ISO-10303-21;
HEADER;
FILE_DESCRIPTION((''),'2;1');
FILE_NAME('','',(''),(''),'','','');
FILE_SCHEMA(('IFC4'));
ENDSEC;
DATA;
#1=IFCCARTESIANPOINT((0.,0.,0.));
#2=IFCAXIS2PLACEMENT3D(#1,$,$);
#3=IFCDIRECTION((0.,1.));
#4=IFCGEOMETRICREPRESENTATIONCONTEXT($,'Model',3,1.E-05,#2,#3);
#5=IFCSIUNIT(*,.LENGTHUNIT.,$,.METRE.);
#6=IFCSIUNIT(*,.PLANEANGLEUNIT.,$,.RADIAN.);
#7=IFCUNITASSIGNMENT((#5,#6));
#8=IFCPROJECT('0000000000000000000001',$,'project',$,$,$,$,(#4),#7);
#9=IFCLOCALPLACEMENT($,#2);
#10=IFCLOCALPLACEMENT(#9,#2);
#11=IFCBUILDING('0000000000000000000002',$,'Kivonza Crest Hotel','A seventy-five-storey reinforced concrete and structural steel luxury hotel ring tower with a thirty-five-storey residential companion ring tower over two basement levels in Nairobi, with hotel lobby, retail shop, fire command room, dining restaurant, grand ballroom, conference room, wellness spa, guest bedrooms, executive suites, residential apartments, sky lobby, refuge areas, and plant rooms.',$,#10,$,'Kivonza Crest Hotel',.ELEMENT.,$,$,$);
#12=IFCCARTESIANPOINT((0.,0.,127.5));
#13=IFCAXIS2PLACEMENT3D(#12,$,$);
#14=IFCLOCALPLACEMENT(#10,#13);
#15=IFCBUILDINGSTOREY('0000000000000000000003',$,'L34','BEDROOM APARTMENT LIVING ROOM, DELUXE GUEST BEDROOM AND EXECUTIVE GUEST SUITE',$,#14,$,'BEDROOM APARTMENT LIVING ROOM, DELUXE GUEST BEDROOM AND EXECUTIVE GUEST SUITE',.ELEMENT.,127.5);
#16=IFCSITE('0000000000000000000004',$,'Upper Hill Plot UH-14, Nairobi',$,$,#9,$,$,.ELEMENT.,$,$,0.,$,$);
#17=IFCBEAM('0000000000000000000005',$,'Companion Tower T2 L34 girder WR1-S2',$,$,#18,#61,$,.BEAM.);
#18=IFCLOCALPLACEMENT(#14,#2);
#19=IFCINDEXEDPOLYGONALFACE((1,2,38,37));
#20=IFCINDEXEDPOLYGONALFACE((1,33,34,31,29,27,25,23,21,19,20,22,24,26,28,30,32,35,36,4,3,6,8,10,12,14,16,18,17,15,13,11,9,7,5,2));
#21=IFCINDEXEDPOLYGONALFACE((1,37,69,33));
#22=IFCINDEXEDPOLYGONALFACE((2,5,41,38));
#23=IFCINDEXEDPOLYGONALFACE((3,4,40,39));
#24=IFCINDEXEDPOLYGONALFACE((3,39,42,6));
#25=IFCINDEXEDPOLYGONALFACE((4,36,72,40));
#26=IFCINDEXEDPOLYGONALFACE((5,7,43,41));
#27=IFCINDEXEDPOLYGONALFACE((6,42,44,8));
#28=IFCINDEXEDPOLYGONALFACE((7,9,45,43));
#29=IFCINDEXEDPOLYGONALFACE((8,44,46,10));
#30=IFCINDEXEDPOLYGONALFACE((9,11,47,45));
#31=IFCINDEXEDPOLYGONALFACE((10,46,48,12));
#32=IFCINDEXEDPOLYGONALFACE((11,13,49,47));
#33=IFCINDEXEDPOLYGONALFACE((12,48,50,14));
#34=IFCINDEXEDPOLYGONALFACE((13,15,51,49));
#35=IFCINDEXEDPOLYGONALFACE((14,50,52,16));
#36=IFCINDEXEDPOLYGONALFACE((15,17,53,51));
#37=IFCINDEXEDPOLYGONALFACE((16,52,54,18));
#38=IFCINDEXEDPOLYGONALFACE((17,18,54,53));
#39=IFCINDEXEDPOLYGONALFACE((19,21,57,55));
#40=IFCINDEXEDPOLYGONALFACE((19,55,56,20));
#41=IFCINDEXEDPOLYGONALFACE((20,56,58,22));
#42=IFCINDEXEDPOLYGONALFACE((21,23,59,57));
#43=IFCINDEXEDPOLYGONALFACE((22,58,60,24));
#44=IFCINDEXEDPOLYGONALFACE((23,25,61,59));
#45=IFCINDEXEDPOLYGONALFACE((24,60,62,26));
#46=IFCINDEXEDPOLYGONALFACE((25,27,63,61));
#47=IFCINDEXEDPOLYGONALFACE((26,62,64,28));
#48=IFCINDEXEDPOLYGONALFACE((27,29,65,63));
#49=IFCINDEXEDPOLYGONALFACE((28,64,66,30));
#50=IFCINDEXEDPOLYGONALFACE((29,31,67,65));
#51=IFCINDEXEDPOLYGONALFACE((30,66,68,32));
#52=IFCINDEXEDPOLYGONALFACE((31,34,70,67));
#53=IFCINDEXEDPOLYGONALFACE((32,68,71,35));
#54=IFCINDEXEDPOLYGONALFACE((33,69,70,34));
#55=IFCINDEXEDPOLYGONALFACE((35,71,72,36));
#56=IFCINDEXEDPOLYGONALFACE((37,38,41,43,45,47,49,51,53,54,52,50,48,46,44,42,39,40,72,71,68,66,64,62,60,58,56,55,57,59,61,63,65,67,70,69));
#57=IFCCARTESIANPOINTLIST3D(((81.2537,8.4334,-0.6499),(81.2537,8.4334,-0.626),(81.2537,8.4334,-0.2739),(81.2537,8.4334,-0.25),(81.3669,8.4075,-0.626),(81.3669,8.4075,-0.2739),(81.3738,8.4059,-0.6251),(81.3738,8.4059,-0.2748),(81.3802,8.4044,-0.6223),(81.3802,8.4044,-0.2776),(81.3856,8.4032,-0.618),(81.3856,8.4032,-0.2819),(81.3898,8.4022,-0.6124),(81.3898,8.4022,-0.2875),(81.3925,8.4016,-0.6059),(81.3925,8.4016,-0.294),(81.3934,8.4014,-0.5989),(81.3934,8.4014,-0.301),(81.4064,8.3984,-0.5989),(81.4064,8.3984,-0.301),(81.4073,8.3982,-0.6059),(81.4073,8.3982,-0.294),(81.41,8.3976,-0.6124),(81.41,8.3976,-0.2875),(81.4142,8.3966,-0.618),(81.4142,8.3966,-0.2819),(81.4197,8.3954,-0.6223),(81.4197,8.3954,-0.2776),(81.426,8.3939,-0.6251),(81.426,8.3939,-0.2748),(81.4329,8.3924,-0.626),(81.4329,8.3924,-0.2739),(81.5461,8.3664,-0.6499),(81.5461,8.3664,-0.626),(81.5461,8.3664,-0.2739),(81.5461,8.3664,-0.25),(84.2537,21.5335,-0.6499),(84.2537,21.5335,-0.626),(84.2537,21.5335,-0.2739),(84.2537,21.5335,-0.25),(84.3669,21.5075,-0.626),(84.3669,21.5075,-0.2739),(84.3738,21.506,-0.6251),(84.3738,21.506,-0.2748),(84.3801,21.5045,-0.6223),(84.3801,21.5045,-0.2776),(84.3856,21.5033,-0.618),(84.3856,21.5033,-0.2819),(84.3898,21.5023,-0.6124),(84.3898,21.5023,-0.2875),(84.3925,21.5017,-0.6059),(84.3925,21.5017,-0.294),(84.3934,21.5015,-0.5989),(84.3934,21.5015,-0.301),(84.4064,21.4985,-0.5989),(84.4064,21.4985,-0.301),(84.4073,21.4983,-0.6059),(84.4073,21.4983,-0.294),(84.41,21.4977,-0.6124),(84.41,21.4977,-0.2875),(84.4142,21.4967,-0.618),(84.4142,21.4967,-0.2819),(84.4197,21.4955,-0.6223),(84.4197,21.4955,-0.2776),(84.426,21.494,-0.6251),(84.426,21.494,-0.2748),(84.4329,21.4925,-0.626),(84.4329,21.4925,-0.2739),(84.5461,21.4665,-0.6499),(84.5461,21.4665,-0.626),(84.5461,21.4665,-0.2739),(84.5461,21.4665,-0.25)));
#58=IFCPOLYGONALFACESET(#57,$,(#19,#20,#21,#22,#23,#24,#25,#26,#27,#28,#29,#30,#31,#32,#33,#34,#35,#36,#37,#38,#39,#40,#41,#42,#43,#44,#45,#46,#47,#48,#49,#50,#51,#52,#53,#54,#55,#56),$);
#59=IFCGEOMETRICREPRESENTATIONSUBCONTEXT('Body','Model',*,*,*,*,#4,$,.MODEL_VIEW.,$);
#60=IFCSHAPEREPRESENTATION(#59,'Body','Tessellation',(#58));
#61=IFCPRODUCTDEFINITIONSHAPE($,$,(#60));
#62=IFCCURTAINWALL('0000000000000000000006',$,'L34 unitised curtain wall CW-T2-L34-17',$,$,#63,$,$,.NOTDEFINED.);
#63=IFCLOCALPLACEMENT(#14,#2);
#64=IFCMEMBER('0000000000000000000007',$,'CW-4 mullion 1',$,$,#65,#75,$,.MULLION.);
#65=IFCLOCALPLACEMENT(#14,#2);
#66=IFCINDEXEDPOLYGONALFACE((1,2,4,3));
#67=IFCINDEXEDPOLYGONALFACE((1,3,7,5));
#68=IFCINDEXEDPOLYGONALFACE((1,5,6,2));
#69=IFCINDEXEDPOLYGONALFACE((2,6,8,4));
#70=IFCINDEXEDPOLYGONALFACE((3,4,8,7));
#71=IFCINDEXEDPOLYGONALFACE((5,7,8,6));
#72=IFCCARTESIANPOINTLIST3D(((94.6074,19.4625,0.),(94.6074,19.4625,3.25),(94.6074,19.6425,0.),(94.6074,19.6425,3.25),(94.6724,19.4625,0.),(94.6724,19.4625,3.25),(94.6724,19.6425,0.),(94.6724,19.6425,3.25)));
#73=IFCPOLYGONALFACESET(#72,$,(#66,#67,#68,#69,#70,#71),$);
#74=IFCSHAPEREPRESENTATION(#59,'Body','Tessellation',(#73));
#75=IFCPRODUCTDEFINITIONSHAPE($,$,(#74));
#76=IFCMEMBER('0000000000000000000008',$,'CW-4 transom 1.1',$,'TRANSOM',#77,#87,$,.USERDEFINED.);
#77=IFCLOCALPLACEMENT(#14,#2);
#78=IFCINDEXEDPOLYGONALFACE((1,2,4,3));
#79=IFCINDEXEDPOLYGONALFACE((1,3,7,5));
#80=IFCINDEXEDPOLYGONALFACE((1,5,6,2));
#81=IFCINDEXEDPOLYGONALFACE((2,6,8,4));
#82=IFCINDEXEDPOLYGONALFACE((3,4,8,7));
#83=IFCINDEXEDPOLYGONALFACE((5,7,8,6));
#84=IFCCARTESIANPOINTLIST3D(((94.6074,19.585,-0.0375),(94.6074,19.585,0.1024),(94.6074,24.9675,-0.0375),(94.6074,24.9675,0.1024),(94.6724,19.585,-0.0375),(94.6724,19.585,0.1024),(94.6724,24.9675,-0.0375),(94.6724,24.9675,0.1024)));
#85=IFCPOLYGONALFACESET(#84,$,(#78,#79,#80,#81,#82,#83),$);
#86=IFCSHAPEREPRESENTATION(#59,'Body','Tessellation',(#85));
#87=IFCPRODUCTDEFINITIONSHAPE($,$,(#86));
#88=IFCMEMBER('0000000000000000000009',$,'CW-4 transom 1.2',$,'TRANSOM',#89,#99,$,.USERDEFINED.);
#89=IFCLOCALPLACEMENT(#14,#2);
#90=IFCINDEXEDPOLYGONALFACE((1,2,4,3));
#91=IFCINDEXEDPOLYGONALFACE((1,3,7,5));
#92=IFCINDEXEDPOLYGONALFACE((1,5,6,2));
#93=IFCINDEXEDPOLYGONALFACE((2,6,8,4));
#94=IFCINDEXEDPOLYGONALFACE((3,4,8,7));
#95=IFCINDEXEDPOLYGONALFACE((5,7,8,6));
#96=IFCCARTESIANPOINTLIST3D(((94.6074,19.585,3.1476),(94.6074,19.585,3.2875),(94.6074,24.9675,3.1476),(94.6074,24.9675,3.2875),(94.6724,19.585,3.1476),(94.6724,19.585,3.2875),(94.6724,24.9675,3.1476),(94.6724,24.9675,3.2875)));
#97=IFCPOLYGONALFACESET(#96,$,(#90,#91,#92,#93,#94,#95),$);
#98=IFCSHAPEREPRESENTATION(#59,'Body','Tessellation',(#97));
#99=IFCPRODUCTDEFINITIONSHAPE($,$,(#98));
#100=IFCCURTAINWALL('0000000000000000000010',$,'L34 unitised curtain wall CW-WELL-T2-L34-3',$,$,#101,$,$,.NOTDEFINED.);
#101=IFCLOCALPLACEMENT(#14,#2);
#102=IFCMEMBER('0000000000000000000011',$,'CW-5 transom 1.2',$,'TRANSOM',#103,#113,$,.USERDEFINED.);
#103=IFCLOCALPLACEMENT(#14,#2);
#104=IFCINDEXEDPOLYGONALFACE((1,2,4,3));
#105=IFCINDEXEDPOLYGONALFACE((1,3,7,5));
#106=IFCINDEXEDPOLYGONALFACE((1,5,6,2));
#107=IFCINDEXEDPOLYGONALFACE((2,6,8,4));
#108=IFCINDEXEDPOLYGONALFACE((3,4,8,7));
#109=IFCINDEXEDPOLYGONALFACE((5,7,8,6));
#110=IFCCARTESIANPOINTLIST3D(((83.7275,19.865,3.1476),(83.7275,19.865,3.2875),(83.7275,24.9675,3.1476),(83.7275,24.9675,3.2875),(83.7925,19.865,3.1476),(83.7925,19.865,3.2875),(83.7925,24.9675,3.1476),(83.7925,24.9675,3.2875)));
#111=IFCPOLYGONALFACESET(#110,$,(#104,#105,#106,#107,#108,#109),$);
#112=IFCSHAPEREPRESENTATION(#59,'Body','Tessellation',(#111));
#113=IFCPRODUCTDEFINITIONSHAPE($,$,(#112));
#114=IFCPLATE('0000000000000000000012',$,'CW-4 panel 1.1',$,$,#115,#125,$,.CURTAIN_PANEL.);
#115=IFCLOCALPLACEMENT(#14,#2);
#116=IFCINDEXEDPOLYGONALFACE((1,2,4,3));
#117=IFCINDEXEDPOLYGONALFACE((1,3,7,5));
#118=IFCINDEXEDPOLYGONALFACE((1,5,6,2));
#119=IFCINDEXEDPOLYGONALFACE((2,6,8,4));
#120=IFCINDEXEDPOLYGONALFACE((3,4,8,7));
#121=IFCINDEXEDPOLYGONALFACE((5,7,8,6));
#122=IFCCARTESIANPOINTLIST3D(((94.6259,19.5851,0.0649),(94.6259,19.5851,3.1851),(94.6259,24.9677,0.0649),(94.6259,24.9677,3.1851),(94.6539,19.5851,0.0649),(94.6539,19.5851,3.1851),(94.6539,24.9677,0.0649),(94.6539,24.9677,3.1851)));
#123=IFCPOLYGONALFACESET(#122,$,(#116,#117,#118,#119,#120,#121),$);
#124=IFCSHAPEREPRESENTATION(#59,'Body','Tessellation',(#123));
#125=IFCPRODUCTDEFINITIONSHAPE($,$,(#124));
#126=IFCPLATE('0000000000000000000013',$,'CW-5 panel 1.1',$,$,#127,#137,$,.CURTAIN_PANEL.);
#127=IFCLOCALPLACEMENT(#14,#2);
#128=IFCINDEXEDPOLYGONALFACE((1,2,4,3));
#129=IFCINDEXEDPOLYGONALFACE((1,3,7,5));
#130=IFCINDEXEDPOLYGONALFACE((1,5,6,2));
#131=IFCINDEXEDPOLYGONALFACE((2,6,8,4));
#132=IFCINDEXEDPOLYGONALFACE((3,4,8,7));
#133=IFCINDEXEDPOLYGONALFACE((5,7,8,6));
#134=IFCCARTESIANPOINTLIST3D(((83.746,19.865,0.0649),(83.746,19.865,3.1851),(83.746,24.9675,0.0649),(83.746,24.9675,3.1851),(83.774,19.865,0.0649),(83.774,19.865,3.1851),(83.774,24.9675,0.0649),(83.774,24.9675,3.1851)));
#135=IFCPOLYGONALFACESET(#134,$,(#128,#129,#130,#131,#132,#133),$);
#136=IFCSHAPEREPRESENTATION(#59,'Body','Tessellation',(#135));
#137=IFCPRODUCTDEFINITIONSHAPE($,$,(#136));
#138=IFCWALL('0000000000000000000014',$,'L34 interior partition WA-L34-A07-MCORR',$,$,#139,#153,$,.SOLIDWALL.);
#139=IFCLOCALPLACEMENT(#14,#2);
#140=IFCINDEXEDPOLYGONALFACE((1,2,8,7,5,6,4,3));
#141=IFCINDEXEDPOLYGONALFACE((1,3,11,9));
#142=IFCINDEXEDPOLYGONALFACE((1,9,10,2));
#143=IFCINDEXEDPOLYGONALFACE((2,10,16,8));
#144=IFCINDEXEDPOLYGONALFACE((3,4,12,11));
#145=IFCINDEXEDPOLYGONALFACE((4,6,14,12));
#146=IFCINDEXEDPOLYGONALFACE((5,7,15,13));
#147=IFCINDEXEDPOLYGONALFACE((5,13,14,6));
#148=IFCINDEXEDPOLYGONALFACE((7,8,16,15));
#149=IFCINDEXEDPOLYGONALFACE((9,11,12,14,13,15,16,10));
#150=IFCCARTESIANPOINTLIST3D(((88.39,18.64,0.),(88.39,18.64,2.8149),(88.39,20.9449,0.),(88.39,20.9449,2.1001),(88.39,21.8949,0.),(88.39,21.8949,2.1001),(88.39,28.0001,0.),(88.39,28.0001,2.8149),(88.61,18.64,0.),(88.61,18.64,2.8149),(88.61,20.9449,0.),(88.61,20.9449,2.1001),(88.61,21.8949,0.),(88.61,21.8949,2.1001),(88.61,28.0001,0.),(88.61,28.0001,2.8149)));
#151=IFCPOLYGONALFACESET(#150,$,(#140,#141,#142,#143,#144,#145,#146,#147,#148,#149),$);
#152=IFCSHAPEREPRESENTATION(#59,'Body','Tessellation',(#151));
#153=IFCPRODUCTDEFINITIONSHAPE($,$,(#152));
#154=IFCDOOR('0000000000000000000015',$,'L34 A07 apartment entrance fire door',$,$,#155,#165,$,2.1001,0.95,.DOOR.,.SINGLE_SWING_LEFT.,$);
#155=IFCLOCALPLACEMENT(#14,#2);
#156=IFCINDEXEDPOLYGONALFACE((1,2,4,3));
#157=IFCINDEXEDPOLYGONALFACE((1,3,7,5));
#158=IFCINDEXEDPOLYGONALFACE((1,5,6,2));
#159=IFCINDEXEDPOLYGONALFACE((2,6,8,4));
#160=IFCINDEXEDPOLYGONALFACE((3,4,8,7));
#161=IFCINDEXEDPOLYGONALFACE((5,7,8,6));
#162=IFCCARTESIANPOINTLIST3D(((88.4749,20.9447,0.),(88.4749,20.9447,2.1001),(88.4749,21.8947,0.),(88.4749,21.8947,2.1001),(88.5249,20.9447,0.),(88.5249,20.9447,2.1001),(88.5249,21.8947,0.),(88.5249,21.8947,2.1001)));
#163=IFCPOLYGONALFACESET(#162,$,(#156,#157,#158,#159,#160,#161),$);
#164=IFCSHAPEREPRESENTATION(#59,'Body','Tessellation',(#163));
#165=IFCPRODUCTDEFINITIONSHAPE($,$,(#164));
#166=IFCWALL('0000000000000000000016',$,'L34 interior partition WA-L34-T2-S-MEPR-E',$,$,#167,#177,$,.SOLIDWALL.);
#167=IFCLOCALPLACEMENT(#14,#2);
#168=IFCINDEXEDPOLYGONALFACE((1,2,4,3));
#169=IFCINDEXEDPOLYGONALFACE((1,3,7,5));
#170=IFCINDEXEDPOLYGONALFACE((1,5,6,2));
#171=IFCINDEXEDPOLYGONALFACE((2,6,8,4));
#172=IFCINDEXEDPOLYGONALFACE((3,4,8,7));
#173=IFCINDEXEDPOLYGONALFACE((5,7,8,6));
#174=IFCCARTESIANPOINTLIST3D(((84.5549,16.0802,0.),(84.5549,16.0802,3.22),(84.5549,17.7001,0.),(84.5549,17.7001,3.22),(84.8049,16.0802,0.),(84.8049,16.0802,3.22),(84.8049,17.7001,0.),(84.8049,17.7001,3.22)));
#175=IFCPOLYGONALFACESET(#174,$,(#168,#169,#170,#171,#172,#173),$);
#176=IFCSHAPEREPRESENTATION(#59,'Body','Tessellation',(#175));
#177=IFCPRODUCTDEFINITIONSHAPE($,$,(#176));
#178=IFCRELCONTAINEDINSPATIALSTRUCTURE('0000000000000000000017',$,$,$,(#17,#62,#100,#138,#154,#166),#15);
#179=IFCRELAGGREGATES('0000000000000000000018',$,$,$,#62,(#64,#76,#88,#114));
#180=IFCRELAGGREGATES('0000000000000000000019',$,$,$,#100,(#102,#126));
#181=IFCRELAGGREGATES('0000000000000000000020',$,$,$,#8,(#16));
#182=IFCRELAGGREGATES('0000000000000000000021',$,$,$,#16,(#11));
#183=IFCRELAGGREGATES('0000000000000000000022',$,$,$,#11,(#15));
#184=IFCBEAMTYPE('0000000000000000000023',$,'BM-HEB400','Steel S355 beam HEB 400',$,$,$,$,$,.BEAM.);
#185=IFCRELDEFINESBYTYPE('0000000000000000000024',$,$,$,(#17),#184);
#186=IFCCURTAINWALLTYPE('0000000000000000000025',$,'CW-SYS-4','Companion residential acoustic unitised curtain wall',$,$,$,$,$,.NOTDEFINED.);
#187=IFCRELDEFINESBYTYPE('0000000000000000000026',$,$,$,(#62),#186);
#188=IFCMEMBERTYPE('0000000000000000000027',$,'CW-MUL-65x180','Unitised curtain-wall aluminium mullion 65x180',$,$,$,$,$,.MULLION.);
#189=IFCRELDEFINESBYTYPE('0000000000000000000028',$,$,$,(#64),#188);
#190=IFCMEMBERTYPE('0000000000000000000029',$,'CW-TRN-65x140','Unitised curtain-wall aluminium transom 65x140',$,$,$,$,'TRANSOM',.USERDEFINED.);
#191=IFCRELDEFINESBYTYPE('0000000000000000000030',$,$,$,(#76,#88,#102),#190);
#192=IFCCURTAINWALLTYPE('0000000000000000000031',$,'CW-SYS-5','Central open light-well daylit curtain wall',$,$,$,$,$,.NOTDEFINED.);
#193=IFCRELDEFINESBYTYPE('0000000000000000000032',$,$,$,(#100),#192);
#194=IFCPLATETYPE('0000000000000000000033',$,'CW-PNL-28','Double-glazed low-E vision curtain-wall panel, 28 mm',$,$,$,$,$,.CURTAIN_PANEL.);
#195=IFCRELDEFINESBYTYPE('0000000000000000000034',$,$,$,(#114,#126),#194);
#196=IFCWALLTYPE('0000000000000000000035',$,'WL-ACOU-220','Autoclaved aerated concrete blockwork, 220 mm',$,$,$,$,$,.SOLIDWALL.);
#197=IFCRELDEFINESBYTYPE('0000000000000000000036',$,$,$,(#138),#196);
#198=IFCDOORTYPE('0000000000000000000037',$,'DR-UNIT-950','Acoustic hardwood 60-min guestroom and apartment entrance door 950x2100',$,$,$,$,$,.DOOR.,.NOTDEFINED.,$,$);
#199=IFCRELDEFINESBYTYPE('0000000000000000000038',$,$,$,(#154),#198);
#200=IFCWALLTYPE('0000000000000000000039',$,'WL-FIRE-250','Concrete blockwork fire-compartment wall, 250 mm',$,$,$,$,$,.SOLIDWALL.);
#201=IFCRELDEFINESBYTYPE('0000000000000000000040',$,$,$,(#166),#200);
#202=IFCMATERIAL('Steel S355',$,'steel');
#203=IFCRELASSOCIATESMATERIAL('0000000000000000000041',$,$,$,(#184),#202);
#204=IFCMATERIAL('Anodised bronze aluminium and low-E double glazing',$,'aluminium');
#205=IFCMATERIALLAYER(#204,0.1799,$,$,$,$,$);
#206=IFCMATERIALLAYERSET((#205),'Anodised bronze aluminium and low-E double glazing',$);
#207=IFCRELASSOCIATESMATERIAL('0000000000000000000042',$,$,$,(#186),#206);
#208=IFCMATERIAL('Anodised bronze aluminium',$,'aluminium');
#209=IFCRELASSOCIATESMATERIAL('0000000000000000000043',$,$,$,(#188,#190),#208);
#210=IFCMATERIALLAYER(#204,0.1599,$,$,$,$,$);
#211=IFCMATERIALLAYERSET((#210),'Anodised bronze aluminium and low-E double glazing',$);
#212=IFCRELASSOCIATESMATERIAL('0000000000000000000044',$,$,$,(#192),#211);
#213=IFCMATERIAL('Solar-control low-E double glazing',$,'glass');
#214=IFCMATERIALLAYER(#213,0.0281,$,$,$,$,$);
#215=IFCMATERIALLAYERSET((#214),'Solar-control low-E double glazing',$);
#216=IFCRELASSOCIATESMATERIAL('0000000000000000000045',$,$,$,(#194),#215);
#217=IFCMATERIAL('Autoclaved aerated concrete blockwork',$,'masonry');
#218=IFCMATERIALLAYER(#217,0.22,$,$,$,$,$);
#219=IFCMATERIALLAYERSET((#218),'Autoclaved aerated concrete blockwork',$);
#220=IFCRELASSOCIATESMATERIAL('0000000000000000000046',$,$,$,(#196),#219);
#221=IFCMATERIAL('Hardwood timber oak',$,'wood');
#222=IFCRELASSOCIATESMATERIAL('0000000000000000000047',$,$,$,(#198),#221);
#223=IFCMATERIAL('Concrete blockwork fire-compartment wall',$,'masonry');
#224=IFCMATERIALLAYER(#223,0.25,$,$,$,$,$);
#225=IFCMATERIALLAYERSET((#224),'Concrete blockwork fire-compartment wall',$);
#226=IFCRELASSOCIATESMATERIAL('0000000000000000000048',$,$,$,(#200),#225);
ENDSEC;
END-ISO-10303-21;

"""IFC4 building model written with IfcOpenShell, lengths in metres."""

from ifc_helpers import new_model, si_unit, direction, frame, frame_2d, origin, origin_2d, place, context, subcontext, project, spatial, rectangle, i_section, extrude, material, layer, layer_set, material_profile, profile_set, type_object, element, fill, aggregate, save


model = new_model("IFC4")

# Units and contexts
model_context = context("Model", 3, precision=1e-05, world=origin(), true_north=direction((0.0, 1.0)))
body_context = subcontext(model_context, "Body", "Model", "MODEL_VIEW")
ifc_project = project(units=[si_unit("LENGTHUNIT", "METRE"), si_unit("PLANEANGLEUNIT", "RADIAN")], contexts=[model_context])

# Site, building, storey
site_placement = place(None, origin())
site = spatial("IfcSite", under=ifc_project, at=site_placement, Name="Upper Hill Plot UH-14, Nairobi", CompositionType="ELEMENT", RefElevation=0.0)
building_placement = place(site_placement, origin())
building = spatial("IfcBuilding", under=site, at=building_placement, Name="Kivonza Crest Hotel", Description="A seventy-five-storey reinforced concrete and structural steel luxury hotel ring tower with a thirty-five-storey residential companion ring tower over two basement levels in Nairobi, with hotel lobby, retail shop, fire command room, dining restaurant, grand ballroom, conference room, wellness spa, guest bedrooms, executive suites, residential apartments, sky lobby, refuge areas, and plant rooms.", LongName="Kivonza Crest Hotel", CompositionType="ELEMENT")
storey_placement = place(building_placement, frame((0.0, 0.0, 127.5)))
storey = spatial("IfcBuildingStorey", under=building, at=storey_placement, Name="L34", Description="BEDROOM APARTMENT LIVING ROOM, DELUXE GUEST BEDROOM AND EXECUTIVE GUEST SUITE", LongName="BEDROOM APARTMENT LIVING ROOM, DELUXE GUEST BEDROOM AND EXECUTIVE GUEST SUITE", CompositionType="ELEMENT", Elevation=127.5)

# Beam
ifc_material_1 = material(Name="Steel S355", Category="steel")
ifc_material_profile_1 = material_profile(ifc_material_1, i_section(OverallWidth=0.3, OverallDepth=0.3999, WebThickness=0.0134, FlangeThickness=0.0239, FilletRadius=0.0271, at=origin_2d()), Name="HEB 400")
ifc_profile_set_1 = profile_set([ifc_material_profile_1], Name="Steel S355")
beam_type_1 = type_object("IfcBeamType", Name="BM-HEB400", Description="Steel S355 beam HEB 400", PredefinedType="BEAM", material=ifc_profile_set_1)
beam_1_placement = place(storey_placement, frame((84.3999, 21.5, -0.45), z_axis=(-0.223227, -0.974766, 0.0), x_axis=(0.974766, -0.223227, 0.0)))
element("IfcBeam", 1, at=beam_1_placement, inside=storey, type_object=beam_type_1, Name="Companion Tower T2 L34 girder WR1-S2", PredefinedType="BEAM", context=body_context, shape_type="SweptSolid", body=[
    extrude(i_section(OverallWidth=0.3, OverallDepth=0.3999, WebThickness=0.0134, FlangeThickness=0.0239, FilletRadius=0.0271, at=origin_2d()), origin(), (0.0, 0.0, 1.0), 13.4392),
])

# Curtain wall, members
ifc_material_2 = material(Name="Anodised bronze aluminium and low-E double glazing", Category="aluminium")
ifc_layer_1 = layer(ifc_material_2, 0.1799)
ifc_layer_set_1 = layer_set([ifc_layer_1], Name="Anodised bronze aluminium and low-E double glazing")
curtain_wall_type_1 = type_object("IfcCurtainWallType", Name="CW-SYS-4", Description="Companion residential acoustic unitised curtain wall", PredefinedType="NOTDEFINED", material=ifc_layer_set_1)
curtain_wall_1_placement = place(storey_placement, origin())
curtain_wall_1 = element("IfcCurtainWall", 2, at=curtain_wall_1_placement, inside=storey, type_object=curtain_wall_type_1, Name="L34 unitised curtain wall CW-T2-L34-17", PredefinedType="NOTDEFINED")
ifc_material_3 = material(Name="Anodised bronze aluminium", Category="aluminium")
ifc_material_profile_2 = material_profile(ifc_material_3, rectangle(XDim=0.0649, YDim=0.1799, at=origin_2d()), Name="CW-M 65x180")
ifc_profile_set_2 = profile_set([ifc_material_profile_2], Name="Anodised bronze aluminium")
member_type_1 = type_object("IfcMemberType", Name="CW-MUL-65x180", Description="Unitised curtain-wall aluminium mullion 65x180", PredefinedType="MULLION", material=ifc_profile_set_2)
member_1_placement = place(storey_placement, frame((94.6399, 19.5525, 0.0), z_axis=(0.0, 0.0, 1.0), x_axis=(-1.0, 0.0, 0.0)))
member_1 = element("IfcMember", 3, at=member_1_placement, type_object=member_type_1, Name="CW-4 mullion 1", PredefinedType="MULLION", context=body_context, shape_type="SweptSolid", body=[
    extrude(rectangle(XDim=0.0649, YDim=0.1799, at=origin_2d()), origin(), (0.0, 0.0, 1.0), 3.25),
])
ifc_material_profile_3 = material_profile(ifc_material_3, rectangle(XDim=0.0649, YDim=0.1399, at=origin_2d()), Name="CW-T 65x140")
ifc_profile_set_3 = profile_set([ifc_material_profile_3], Name="Anodised bronze aluminium")
member_type_2 = type_object("IfcMemberType", Name="CW-TRN-65x140", Description="Unitised curtain-wall aluminium transom 65x140", ElementType="TRANSOM", PredefinedType="USERDEFINED", material=ifc_profile_set_3)
member_2_placement = place(storey_placement, frame((94.6399, 19.585, 0.0325), z_axis=(0.0, 1.0, 0.0), x_axis=(-1.0, 0.0, 0.0)))
member_2 = element("IfcMember", 4, at=member_2_placement, type_object=member_type_2, Name="CW-4 transom 1.1", ObjectType="TRANSOM", PredefinedType="USERDEFINED", context=body_context, shape_type="SweptSolid", body=[
    extrude(rectangle(XDim=0.0649, YDim=0.1399, at=origin_2d()), origin(), (0.0, 0.0, 1.0), 5.3826),
])
member_3_placement = place(storey_placement, frame((94.6399, 19.585, 3.2175), z_axis=(0.0, 1.0, 0.0), x_axis=(-1.0, 0.0, 0.0)))
member_3 = element("IfcMember", 5, at=member_3_placement, type_object=member_type_2, Name="CW-4 transom 1.2", ObjectType="TRANSOM", PredefinedType="USERDEFINED", context=body_context, shape_type="SweptSolid", body=[
    extrude(rectangle(XDim=0.0649, YDim=0.1399, at=origin_2d()), origin(), (0.0, 0.0, 1.0), 5.3826),
])

# Curtain wall, member
ifc_layer_2 = layer(ifc_material_2, 0.1599)
ifc_layer_set_2 = layer_set([ifc_layer_2], Name="Anodised bronze aluminium and low-E double glazing")
curtain_wall_type_2 = type_object("IfcCurtainWallType", Name="CW-SYS-5", Description="Central open light-well daylit curtain wall", PredefinedType="NOTDEFINED", material=ifc_layer_set_2)
curtain_wall_2_placement = place(storey_placement, origin())
curtain_wall_2 = element("IfcCurtainWall", 6, at=curtain_wall_2_placement, inside=storey, type_object=curtain_wall_type_2, Name="L34 unitised curtain wall CW-WELL-T2-L34-3", PredefinedType="NOTDEFINED")
member_4_placement = place(storey_placement, frame((83.76, 19.865, 3.2175), z_axis=(0.0, 1.0, 0.0), x_axis=(-1.0, 0.0, 0.0)))
member_4 = element("IfcMember", 7, at=member_4_placement, type_object=member_type_2, Name="CW-5 transom 1.2", ObjectType="TRANSOM", PredefinedType="USERDEFINED", context=body_context, shape_type="SweptSolid", body=[
    extrude(rectangle(XDim=0.0649, YDim=0.1399, at=origin_2d()), origin(), (0.0, 0.0, 1.0), 5.1025),
])

# Plates
ifc_material_4 = material(Name="Solar-control low-E double glazing", Category="glass")
ifc_layer_3 = layer(ifc_material_4, 0.0281)
ifc_layer_set_3 = layer_set([ifc_layer_3], Name="Solar-control low-E double glazing")
plate_type = type_object("IfcPlateType", Name="CW-PNL-28", Description="Double-glazed low-E vision curtain-wall panel, 28 mm", PredefinedType="CURTAIN_PANEL", material=ifc_layer_set_3)
plate_1_placement = place(storey_placement, frame((94.6399, 22.2764, 0.0649), z_axis=(0.0, 0.0, 1.0), x_axis=(0.0, 1.0, 0.0)))
plate_1 = element("IfcPlate", 8, at=plate_1_placement, type_object=plate_type, Name="CW-4 panel 1.1", PredefinedType="CURTAIN_PANEL", context=body_context, shape_type="SweptSolid", body=[
    extrude(rectangle(XDim=5.3826, YDim=0.0281, at=origin_2d()), origin(), (0.0, 0.0, 1.0), 3.1201),
])
aggregate(curtain_wall_1, [member_1, member_2, member_3, plate_1])
plate_2_placement = place(storey_placement, frame((83.76, 22.4163, 0.0649), z_axis=(0.0, 0.0, 1.0), x_axis=(0.0, 1.0, 0.0)))
plate_2 = element("IfcPlate", 9, at=plate_2_placement, type_object=plate_type, Name="CW-5 panel 1.1", PredefinedType="CURTAIN_PANEL", context=body_context, shape_type="SweptSolid", body=[
    extrude(rectangle(XDim=5.1025, YDim=0.0281, at=origin_2d()), origin(), (0.0, 0.0, 1.0), 3.1201),
])
aggregate(curtain_wall_2, [member_4, plate_2])

# Wall, opening, door
ifc_material_5 = material(Name="Autoclaved aerated concrete blockwork", Category="masonry")
ifc_layer_4 = layer(ifc_material_5, 0.22)
ifc_layer_set_4 = layer_set([ifc_layer_4], Name="Autoclaved aerated concrete blockwork")
wall_type_1 = type_object("IfcWallType", Name="WL-ACOU-220", Description="Autoclaved aerated concrete blockwork, 220 mm", PredefinedType="SOLIDWALL", material=ifc_layer_set_4)
wall_1_placement = place(storey_placement, frame((88.5, 18.6399, 0.0), z_axis=(0.0, 0.0, 1.0), x_axis=(0.0, 1.0, 0.0)))
wall_1 = element("IfcWall", 10, at=wall_1_placement, inside=storey, type_object=wall_type_1, Name="L34 interior partition WA-L34-A07-MCORR", PredefinedType="SOLIDWALL", context=body_context, shape_type="SweptSolid", body=[
    extrude(rectangle(XDim=9.3601, YDim=0.22, at=frame_2d((4.6802, 0.0))), origin(), (0.0, 0.0, 1.0), 2.8149),
])
opening_1_placement = place(wall_1_placement, frame((2.3049, 0.0, 0.0)))
opening_1 = element("IfcOpeningElement", 11, at=opening_1_placement, cuts=wall_1, PredefinedType="OPENING", context=body_context, shape_type="SweptSolid", body=[
    extrude(rectangle(XDim=0.95, YDim=2.1001, at=frame_2d((0.4751, 1.05))), frame((0.0, 0.1201, 0.0), z_axis=(0.0, -1.0, 0.0), x_axis=(1.0, 0.0, 0.0)), (0.0, 0.0, 1.0), 0.24),
])
ifc_material_6 = material(Name="Hardwood timber oak", Category="wood")
door_type_1 = type_object("IfcDoorType", Name="DR-UNIT-950", Description="Acoustic hardwood 60-min guestroom and apartment entrance door 950x2100", OperationType="NOTDEFINED", PredefinedType="DOOR", material=ifc_material_6)
door_1_placement = place(opening_1_placement, frame((0.95, 0.0, 0.0), z_axis=(0.0, 0.0, 1.0), x_axis=(-1.0, 0.0, 0.0)))
door_1 = element("IfcDoor", 12, at=door_1_placement, inside=storey, type_object=door_type_1, Name="L34 A07 apartment entrance fire door", OperationType="SINGLE_SWING_LEFT", OverallHeight=2.1001, OverallWidth=0.95, PredefinedType="DOOR", context=body_context, shape_type="SweptSolid", body=[
    extrude(rectangle(XDim=0.95, YDim=2.1001, at=frame_2d((0.4751, 1.05))), frame((0.0, 0.0249, 0.0), z_axis=(0.0, -1.0, 0.0), x_axis=(1.0, 0.0, 0.0)), (0.0, 0.0, 1.0), 0.05),
])
fill(opening_1, door_1)

# Wall
ifc_material_7 = material(Name="Concrete blockwork fire-compartment wall", Category="masonry")
ifc_layer_5 = layer(ifc_material_7, 0.25)
ifc_layer_set_5 = layer_set([ifc_layer_5], Name="Concrete blockwork fire-compartment wall")
wall_type_2 = type_object("IfcWallType", Name="WL-FIRE-250", Description="Concrete blockwork fire-compartment wall, 250 mm", PredefinedType="SOLIDWALL", material=ifc_layer_set_5)
wall_2_placement = place(storey_placement, frame((84.6799, 16.0801, 0.0), z_axis=(0.0, 0.0, 1.0), x_axis=(0.0, 1.0, 0.0)))
element("IfcWall", 13, at=wall_2_placement, inside=storey, type_object=wall_type_2, Name="L34 interior partition WA-L34-T2-S-MEPR-E", PredefinedType="SOLIDWALL", context=body_context, shape_type="SweptSolid", body=[
    extrude(rectangle(XDim=1.6199, YDim=0.25, at=frame_2d((0.8101, 0.0))), origin(), (0.0, 0.0, 1.0), 3.22),
])

save(model, "model.ifc")
